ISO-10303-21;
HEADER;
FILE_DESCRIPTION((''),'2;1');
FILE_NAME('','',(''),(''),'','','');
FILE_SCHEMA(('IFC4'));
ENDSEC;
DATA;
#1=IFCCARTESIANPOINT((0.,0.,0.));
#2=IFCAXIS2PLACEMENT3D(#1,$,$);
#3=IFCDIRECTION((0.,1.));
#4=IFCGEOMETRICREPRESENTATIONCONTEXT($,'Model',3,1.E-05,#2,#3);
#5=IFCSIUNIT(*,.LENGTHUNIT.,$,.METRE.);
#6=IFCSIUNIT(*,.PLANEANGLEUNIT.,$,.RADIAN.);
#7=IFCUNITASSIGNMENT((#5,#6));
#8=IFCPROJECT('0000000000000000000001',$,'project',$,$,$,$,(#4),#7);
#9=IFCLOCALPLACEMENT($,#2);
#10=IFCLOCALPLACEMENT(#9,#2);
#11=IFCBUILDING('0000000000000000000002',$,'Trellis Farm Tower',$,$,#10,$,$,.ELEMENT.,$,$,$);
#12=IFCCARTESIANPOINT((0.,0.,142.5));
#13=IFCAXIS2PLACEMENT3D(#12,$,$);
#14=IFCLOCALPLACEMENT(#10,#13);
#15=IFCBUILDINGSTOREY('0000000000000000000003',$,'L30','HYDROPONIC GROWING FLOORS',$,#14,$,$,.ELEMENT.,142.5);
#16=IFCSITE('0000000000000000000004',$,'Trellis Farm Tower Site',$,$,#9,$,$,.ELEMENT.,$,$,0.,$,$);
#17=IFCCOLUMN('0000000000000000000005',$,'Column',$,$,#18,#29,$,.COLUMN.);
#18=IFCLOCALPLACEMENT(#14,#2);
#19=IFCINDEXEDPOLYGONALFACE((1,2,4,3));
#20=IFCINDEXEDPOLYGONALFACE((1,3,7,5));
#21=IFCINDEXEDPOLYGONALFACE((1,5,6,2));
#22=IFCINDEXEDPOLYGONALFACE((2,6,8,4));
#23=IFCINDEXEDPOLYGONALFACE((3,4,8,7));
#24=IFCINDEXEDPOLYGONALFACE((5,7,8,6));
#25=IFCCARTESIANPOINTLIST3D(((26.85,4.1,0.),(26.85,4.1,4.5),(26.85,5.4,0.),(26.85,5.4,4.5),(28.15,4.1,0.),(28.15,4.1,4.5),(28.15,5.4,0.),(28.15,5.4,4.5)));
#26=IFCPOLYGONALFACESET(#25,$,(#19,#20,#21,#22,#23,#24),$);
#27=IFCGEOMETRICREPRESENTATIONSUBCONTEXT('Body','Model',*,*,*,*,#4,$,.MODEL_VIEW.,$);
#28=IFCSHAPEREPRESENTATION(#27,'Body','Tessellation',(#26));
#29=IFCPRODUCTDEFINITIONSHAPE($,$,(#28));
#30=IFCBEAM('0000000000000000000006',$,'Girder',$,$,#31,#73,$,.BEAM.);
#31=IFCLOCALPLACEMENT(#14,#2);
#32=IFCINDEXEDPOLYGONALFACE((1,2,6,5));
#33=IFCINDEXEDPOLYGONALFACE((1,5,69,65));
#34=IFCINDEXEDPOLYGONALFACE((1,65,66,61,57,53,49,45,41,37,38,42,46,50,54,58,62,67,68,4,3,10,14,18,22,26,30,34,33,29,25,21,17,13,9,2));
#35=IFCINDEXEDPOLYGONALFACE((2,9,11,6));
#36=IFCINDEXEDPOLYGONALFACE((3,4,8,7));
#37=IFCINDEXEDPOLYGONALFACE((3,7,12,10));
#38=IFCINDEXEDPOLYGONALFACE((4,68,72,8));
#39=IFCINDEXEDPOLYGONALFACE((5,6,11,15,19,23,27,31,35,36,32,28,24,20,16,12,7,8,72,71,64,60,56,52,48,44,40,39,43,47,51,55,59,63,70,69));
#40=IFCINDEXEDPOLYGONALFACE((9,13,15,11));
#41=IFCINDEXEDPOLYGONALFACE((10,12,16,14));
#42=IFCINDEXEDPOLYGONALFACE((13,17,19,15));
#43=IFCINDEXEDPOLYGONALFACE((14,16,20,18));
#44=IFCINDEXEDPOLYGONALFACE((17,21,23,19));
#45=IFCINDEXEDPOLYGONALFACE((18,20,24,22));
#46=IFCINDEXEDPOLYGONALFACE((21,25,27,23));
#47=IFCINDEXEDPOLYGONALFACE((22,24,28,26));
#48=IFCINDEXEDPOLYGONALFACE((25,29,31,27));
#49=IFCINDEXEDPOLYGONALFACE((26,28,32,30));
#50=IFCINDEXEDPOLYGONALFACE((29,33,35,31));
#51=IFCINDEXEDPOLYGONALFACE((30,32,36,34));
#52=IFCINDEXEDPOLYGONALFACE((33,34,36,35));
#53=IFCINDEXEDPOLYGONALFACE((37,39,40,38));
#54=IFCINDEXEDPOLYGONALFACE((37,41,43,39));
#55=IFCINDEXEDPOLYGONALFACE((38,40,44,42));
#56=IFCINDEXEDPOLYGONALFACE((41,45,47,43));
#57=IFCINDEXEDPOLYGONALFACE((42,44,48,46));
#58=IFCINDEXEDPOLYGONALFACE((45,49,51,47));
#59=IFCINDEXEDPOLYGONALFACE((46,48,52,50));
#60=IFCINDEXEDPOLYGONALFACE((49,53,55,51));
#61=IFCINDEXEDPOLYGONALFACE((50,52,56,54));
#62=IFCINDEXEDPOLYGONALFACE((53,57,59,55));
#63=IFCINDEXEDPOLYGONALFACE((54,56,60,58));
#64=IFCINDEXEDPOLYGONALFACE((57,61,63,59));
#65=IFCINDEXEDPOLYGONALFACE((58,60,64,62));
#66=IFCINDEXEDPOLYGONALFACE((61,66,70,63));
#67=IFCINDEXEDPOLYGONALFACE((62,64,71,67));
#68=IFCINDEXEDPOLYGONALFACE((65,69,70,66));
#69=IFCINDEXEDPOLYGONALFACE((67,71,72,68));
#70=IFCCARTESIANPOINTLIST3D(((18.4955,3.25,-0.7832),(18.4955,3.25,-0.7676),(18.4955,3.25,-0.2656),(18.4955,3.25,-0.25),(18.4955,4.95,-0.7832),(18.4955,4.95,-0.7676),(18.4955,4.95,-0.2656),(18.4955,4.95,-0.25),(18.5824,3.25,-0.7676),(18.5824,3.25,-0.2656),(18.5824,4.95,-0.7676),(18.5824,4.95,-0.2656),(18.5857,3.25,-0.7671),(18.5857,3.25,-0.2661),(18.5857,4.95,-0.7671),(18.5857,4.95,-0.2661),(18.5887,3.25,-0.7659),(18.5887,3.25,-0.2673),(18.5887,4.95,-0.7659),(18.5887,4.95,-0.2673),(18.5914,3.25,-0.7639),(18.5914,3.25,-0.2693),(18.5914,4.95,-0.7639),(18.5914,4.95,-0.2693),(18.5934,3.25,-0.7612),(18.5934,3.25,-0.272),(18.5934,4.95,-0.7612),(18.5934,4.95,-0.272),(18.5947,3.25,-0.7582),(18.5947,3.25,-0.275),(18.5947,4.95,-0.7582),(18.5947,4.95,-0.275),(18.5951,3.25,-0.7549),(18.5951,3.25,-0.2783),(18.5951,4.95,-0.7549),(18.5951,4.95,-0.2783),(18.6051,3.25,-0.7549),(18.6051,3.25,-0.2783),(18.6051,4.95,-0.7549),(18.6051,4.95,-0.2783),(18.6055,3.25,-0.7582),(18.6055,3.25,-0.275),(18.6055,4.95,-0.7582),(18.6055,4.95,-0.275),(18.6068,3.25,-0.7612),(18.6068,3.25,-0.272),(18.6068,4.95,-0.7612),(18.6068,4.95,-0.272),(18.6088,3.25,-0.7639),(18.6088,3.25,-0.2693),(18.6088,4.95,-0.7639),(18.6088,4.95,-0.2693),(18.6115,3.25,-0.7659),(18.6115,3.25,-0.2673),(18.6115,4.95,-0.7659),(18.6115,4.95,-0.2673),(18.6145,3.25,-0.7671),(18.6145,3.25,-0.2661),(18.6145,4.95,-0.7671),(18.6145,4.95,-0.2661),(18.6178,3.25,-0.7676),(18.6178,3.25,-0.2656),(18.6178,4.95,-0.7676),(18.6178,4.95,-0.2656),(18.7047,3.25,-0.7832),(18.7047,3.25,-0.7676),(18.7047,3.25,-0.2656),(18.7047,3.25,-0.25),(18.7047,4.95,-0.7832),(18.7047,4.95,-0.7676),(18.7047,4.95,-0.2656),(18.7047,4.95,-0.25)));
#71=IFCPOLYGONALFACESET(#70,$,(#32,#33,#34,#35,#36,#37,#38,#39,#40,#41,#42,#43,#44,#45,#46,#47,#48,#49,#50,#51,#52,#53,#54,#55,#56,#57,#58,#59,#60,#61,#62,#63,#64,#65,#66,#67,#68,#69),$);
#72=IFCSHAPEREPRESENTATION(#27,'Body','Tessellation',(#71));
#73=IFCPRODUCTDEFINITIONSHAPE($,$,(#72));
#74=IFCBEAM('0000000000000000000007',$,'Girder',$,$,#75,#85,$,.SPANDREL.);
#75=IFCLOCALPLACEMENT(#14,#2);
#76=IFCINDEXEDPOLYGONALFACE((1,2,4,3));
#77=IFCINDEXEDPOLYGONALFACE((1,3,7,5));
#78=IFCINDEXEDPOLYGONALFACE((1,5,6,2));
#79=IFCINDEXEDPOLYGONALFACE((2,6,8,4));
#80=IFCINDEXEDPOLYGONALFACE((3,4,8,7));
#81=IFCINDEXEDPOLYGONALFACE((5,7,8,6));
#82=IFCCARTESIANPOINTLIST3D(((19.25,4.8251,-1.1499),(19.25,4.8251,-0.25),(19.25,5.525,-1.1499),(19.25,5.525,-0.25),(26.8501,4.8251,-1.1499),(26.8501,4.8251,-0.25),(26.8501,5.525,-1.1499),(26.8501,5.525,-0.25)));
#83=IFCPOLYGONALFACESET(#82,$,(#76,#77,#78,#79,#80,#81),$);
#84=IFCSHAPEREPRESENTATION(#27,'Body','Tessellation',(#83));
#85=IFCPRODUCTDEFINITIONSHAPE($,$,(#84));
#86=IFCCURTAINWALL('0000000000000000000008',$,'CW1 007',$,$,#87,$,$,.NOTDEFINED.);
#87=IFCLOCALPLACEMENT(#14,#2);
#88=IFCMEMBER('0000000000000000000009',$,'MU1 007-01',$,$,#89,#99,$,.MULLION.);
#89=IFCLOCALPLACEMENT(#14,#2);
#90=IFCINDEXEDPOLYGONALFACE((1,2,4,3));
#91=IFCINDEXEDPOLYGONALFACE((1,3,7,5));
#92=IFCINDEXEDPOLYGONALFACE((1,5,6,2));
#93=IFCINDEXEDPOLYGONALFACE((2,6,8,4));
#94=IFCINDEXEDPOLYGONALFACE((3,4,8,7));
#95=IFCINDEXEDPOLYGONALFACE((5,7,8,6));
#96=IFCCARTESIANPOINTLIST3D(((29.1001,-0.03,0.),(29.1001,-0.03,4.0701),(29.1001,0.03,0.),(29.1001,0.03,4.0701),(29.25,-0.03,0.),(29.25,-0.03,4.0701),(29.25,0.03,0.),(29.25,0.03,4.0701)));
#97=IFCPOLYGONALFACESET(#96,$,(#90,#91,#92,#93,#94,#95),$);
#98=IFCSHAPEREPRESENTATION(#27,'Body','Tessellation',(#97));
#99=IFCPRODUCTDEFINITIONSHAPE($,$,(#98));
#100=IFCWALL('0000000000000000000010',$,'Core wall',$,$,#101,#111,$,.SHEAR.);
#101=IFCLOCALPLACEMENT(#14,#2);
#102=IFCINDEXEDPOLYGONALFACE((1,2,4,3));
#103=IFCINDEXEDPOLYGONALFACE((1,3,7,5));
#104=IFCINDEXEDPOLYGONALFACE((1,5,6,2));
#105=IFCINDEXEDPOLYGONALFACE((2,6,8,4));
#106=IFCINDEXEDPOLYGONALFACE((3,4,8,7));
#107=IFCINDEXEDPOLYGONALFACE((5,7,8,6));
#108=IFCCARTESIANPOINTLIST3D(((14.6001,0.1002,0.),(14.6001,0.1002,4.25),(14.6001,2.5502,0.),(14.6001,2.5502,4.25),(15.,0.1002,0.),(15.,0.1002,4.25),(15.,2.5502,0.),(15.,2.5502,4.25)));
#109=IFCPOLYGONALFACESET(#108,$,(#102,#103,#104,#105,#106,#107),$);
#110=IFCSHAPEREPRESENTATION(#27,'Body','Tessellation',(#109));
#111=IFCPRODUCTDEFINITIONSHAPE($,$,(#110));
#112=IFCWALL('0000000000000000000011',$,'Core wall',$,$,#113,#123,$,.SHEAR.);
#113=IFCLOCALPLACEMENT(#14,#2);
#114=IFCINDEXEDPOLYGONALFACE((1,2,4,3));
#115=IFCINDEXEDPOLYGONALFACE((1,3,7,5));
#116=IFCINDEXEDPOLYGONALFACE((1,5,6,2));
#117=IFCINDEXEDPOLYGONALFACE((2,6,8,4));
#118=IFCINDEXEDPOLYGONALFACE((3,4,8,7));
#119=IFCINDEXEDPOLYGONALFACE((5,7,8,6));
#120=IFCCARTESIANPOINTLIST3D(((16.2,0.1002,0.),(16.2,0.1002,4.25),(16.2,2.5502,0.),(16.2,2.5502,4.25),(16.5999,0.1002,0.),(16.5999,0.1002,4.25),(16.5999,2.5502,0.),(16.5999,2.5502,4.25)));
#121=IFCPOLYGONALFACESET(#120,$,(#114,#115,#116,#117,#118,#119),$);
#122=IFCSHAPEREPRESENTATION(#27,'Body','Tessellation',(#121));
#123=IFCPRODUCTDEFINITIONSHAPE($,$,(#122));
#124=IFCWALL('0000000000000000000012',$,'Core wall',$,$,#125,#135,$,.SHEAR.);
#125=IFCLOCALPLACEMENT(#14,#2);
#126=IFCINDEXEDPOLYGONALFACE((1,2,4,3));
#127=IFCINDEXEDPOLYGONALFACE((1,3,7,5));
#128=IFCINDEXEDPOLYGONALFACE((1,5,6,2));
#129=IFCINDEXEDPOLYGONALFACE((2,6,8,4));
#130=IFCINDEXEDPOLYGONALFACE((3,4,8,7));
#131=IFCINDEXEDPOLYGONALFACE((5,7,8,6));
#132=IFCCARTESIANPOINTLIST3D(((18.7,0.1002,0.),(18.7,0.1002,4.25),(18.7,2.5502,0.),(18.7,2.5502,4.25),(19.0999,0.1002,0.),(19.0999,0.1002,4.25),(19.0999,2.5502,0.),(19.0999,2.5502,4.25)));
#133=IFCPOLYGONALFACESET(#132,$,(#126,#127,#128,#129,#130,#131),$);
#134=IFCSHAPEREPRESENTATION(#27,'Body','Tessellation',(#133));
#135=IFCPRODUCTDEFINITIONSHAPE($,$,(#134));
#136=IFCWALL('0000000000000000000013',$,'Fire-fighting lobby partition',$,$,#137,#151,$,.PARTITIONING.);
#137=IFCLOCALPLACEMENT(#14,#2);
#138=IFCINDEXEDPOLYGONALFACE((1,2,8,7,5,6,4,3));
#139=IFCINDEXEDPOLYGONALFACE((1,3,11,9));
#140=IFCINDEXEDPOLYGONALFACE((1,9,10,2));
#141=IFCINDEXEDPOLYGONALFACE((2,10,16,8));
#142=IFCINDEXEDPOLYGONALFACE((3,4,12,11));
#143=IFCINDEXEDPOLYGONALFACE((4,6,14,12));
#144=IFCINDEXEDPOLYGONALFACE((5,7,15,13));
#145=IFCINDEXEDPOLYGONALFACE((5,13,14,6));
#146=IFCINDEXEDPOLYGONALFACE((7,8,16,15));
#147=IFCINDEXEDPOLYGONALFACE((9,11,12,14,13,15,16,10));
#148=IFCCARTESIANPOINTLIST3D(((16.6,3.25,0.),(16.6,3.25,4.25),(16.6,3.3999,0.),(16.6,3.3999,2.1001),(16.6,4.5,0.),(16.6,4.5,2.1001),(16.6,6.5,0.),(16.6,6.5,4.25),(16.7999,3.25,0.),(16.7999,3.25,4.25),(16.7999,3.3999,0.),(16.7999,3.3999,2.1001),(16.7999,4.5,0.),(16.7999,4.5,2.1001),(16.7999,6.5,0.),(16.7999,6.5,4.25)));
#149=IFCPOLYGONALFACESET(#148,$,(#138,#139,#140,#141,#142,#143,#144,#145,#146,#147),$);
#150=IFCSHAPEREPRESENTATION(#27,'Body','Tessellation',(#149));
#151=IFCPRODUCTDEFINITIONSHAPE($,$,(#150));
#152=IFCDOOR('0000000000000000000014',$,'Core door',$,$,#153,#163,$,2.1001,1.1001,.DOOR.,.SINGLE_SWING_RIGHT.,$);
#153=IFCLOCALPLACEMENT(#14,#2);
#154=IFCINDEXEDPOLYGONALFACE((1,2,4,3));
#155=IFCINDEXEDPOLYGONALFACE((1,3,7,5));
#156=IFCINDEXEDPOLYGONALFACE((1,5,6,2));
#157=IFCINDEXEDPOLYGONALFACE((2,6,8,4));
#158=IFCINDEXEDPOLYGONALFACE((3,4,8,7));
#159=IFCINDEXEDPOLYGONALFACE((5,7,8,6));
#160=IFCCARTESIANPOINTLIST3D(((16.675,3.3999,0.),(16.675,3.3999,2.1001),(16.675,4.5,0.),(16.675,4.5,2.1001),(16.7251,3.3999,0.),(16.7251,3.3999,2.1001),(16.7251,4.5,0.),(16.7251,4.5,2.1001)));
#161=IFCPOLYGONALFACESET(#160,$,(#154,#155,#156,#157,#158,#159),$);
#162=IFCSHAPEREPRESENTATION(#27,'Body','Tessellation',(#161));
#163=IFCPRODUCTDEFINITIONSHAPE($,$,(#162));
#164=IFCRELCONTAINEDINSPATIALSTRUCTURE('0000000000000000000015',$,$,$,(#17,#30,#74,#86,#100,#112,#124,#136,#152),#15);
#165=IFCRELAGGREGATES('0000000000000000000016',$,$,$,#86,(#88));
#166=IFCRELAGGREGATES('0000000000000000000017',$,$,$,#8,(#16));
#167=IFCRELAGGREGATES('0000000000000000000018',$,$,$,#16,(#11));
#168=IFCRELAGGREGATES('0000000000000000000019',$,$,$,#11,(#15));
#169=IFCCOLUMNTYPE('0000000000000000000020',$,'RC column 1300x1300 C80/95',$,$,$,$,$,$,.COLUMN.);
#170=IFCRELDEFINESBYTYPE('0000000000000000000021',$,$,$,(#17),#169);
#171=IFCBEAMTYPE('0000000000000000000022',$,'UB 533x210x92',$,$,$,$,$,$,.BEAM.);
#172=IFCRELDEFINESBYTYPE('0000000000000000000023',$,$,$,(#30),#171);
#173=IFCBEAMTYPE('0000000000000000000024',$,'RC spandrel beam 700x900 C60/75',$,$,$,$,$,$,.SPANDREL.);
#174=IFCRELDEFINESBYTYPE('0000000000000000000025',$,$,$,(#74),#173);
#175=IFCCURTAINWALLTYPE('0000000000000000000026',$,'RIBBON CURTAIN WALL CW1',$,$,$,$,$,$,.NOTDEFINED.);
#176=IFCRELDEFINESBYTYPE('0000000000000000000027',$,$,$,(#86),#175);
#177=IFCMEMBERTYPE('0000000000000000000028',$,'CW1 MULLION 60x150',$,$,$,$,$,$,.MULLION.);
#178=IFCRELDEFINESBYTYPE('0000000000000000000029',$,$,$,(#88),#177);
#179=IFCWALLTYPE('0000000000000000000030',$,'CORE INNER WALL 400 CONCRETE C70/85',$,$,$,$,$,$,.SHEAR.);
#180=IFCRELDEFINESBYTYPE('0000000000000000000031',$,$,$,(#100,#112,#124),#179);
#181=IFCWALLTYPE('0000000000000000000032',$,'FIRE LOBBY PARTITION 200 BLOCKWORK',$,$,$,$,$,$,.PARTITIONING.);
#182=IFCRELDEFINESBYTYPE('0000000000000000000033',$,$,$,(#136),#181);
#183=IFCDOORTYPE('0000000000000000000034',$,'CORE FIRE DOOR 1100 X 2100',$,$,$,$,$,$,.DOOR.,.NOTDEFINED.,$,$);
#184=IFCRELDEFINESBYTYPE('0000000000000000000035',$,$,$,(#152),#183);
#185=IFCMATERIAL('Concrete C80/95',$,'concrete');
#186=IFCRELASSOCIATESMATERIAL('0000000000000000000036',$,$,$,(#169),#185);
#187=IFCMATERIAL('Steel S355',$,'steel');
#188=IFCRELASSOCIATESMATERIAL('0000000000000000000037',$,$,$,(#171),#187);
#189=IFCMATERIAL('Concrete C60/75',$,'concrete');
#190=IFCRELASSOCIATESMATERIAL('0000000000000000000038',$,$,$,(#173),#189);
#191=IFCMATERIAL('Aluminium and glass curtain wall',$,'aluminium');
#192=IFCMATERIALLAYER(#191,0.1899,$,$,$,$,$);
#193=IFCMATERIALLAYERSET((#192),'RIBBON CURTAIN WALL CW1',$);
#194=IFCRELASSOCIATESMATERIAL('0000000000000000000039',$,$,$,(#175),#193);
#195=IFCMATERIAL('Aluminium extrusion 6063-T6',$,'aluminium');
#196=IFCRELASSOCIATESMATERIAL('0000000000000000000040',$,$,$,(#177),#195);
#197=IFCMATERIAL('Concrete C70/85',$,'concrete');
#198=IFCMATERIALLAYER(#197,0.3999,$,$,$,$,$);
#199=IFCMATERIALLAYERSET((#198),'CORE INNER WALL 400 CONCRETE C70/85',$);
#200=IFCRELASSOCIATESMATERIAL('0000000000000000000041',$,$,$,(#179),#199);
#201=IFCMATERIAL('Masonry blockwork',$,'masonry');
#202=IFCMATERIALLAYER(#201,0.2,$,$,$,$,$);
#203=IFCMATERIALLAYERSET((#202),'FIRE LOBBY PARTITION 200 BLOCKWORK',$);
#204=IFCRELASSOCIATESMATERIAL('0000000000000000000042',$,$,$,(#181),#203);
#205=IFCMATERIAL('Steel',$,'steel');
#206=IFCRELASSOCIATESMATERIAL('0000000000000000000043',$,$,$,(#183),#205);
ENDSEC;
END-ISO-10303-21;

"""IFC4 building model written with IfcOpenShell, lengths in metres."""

from ifc_helpers import new_model, si_unit, direction, frame, frame_2d, origin, origin_2d, place, context, subcontext, project, spatial, rectangle, i_section, extrude, source, transform, mapped, material, layer, layer_set, material_profile, profile_set, type_object, element, fill, aggregate, save


model = new_model("IFC4")

# Units and contexts
model_context = context("Model", 3, precision=1e-05, world=origin(), true_north=direction((0.0, 1.0)))
body_context = subcontext(model_context, "Body", "Model", "MODEL_VIEW")
ifc_project = project(units=[si_unit("LENGTHUNIT", "METRE"), si_unit("PLANEANGLEUNIT", "RADIAN")], contexts=[model_context])

# Site, building, storey
site_placement = place(None, origin())
site = spatial("IfcSite", under=ifc_project, at=site_placement, Name="Trellis Farm Tower Site", CompositionType="ELEMENT", RefElevation=0.0)
building_placement = place(site_placement, origin())
building = spatial("IfcBuilding", under=site, at=building_placement, Name="Trellis Farm Tower", CompositionType="ELEMENT")
storey_placement = place(building_placement, frame((0.0, 0.0, 142.5)))
storey = spatial("IfcBuildingStorey", under=building, at=storey_placement, Name="L30", Description="HYDROPONIC GROWING FLOORS", CompositionType="ELEMENT", Elevation=142.5)

# Column
ifc_material_1 = material(Name="Concrete C80/95", Category="concrete")
ifc_material_profile_1 = material_profile(ifc_material_1, rectangle(XDim=1.3, YDim=1.3, at=origin_2d()), Name="RC column 1300x1300 C80/95")
ifc_profile_set_1 = profile_set([ifc_material_profile_1], Name="Concrete C80/95")
column_type = type_object("IfcColumnType", Name="RC column 1300x1300 C80/95", PredefinedType="COLUMN", material=ifc_profile_set_1)
shared_shape_1 = source(origin(), body_context, "Body", "SweptSolid", [
    extrude(rectangle(XDim=1.3, YDim=1.3, at=origin_2d()), origin(), (0.0, 0.0, 1.0), 4.5),
])
column_placement = place(storey_placement, frame((27.5, 4.75, 0.0), z_axis=(0.0, 0.0, 1.0), x_axis=(1.0, 0.0, 0.0)))
element("IfcColumn", 1, at=column_placement, inside=storey, type_object=column_type, Name="Column", PredefinedType="COLUMN", context=body_context, shape_type="MappedRepresentation", body=[
    mapped(shared_shape_1, transform((0.0, 0.0, 0.0))),
])

# Beams
ifc_material_2 = material(Name="Steel S355", Category="steel")
ifc_material_profile_2 = material_profile(ifc_material_2, i_section(OverallWidth=0.2092, OverallDepth=0.5332, WebThickness=0.01, FlangeThickness=0.0156, FilletRadius=0.0127, at=origin_2d()), Name="UB 533x210x92")
ifc_profile_set_2 = profile_set([ifc_material_profile_2], Name="Steel S355")
beam_type_1 = type_object("IfcBeamType", Name="UB 533x210x92", PredefinedType="BEAM", material=ifc_profile_set_2)
shared_shape_2 = source(origin(), body_context, "Body", "SweptSolid", [
    extrude(i_section(OverallWidth=0.2092, OverallDepth=0.5332, WebThickness=0.01, FlangeThickness=0.0156, FilletRadius=0.0127, at=origin_2d()), origin(), (0.0, 0.0, 1.0), 1.7),
])
beam_1_placement = place(storey_placement, frame((18.6001, 3.25, -0.5166), z_axis=(0.0, 1.0, 0.0), x_axis=(-1.0, 0.0, 0.0)))
element("IfcBeam", 2, at=beam_1_placement, inside=storey, type_object=beam_type_1, Name="Girder", PredefinedType="BEAM", context=body_context, shape_type="MappedRepresentation", body=[
    mapped(shared_shape_2, transform((0.0, 0.0, 0.0))),
])
ifc_material_3 = material(Name="Concrete C60/75", Category="concrete")
ifc_material_profile_3 = material_profile(ifc_material_3, rectangle(XDim=0.7, YDim=0.8999, at=origin_2d()), Name="RC spandrel beam 700x900 C60/75")
ifc_profile_set_3 = profile_set([ifc_material_profile_3], Name="Concrete C60/75")
beam_type_2 = type_object("IfcBeamType", Name="RC spandrel beam 700x900 C60/75", PredefinedType="SPANDREL", material=ifc_profile_set_3)
shared_shape_3 = source(origin(), body_context, "Body", "SweptSolid", [
    extrude(rectangle(XDim=0.7, YDim=0.8999, at=origin_2d()), origin(), (0.0, 0.0, 1.0), 7.6001),
])
beam_2_placement = place(storey_placement, frame((19.25, 5.175, -0.7), z_axis=(1.0, 0.0, 0.0), x_axis=(0.0, 1.0, 0.0)))
element("IfcBeam", 3, at=beam_2_placement, inside=storey, type_object=beam_type_2, Name="Girder", PredefinedType="SPANDREL", context=body_context, shape_type="MappedRepresentation", body=[
    mapped(shared_shape_3, transform((0.0, 0.0, 0.0))),
])

# Curtain wall, member
ifc_material_4 = material(Name="Aluminium and glass curtain wall", Category="aluminium")
ifc_layer_1 = layer(ifc_material_4, 0.1899)
ifc_layer_set_1 = layer_set([ifc_layer_1], Name="RIBBON CURTAIN WALL CW1")
curtain_wall_type = type_object("IfcCurtainWallType", Name="RIBBON CURTAIN WALL CW1", PredefinedType="NOTDEFINED", material=ifc_layer_set_1)
curtain_wall_placement = place(storey_placement, origin())
curtain_wall = element("IfcCurtainWall", 4, at=curtain_wall_placement, inside=storey, type_object=curtain_wall_type, Name="CW1 007", PredefinedType="NOTDEFINED")
ifc_material_5 = material(Name="Aluminium extrusion 6063-T6", Category="aluminium")
ifc_material_profile_4 = material_profile(ifc_material_5, rectangle(XDim=0.0601, YDim=0.1499, at=origin_2d()), Name="MULLION 60x150")
ifc_profile_set_4 = profile_set([ifc_material_profile_4], Name="Aluminium extrusion 6063-T6")
member_type = type_object("IfcMemberType", Name="CW1 MULLION 60x150", PredefinedType="MULLION", material=ifc_profile_set_4)
shared_shape_4 = source(origin(), body_context, "Body", "SweptSolid", [
    extrude(rectangle(XDim=0.0601, YDim=0.1499, at=origin_2d()), origin(), (0.0, 0.0, 1.0), 4.0701),
])
member_placement = place(storey_placement, frame((29.175, 0.0, 0.0), z_axis=(0.0, 0.0, 1.0), x_axis=(0.0, 1.0, 0.0)))
member = element("IfcMember", 5, at=member_placement, type_object=member_type, Name="MU1 007-01", PredefinedType="MULLION", context=body_context, shape_type="MappedRepresentation", body=[
    mapped(shared_shape_4, transform((0.0, 0.0, 0.0))),
])
aggregate(curtain_wall, [member])

# Walls
ifc_material_6 = material(Name="Concrete C70/85", Category="concrete")
ifc_layer_2 = layer(ifc_material_6, 0.3999)
ifc_layer_set_2 = layer_set([ifc_layer_2], Name="CORE INNER WALL 400 CONCRETE C70/85")
wall_type_1 = type_object("IfcWallType", Name="CORE INNER WALL 400 CONCRETE C70/85", PredefinedType="SHEAR", material=ifc_layer_set_2)
shared_shape_5 = source(origin(), body_context, "Body", "SweptSolid", [
    extrude(rectangle(XDim=2.45, YDim=0.3999, at=frame_2d((1.2251, 0.0))), origin(), (0.0, 0.0, 1.0), 4.25),
])
for number, where, z_axis, x_axis, name in (
    (6, (14.8, 0.1001, 0.0), (0.0, 0.0, 1.0), (0.0, 1.0, 0.0), "Core wall"),
    (7, (16.3999, 0.1001, 0.0), (0.0, 0.0, 1.0), (0.0, 1.0, 0.0), "Core wall"),
    (8, (18.8999, 0.1001, 0.0), (0.0, 0.0, 1.0), (0.0, 1.0, 0.0), "Core wall"),
):
    element("IfcWall", number, at=place(storey_placement, frame(where, z_axis=z_axis, x_axis=x_axis)), inside=storey, type_object=wall_type_1, Name=name, PredefinedType="SHEAR", context=body_context, shape_type="MappedRepresentation", body=[
        mapped(shared_shape_5, transform((0.0, 0.0, 0.0))),
    ])

# Wall, opening, door
ifc_material_7 = material(Name="Masonry blockwork", Category="masonry")
ifc_layer_3 = layer(ifc_material_7, 0.2)
ifc_layer_set_3 = layer_set([ifc_layer_3], Name="FIRE LOBBY PARTITION 200 BLOCKWORK")
wall_type_2 = type_object("IfcWallType", Name="FIRE LOBBY PARTITION 200 BLOCKWORK", PredefinedType="PARTITIONING", material=ifc_layer_set_3)
shared_shape_6 = source(origin(), body_context, "Body", "SweptSolid", [
    extrude(rectangle(XDim=3.25, YDim=0.2, at=frame_2d((1.625, 0.0))), origin(), (0.0, 0.0, 1.0), 4.25),
])
wall_1_placement = place(storey_placement, frame((16.7, 3.25, 0.0), z_axis=(0.0, 0.0, 1.0), x_axis=(0.0, 1.0, 0.0)))
wall_1 = element("IfcWall", 9, at=wall_1_placement, inside=storey, type_object=wall_type_2, Name="Fire-fighting lobby partition", PredefinedType="PARTITIONING", context=body_context, shape_type="MappedRepresentation", body=[
    mapped(shared_shape_6, transform((0.0, 0.0, 0.0))),
])
shared_shape_7 = source(origin(), body_context, "Body", "SweptSolid", [
    extrude(rectangle(XDim=1.1001, YDim=2.1001, at=frame_2d((0.55, 1.05))), frame((0.0, 0.1101, 0.0), z_axis=(0.0, -1.0, 0.0), x_axis=(1.0, 0.0, 0.0)), (0.0, 0.0, 1.0), 0.2202),
])
opening_1_placement = place(wall_1_placement, frame((0.1499, 0.0, 0.0)))
opening_1 = element("IfcOpeningElement", 10, at=opening_1_placement, cuts=wall_1, PredefinedType="OPENING", context=body_context, shape_type="MappedRepresentation", body=[
    mapped(shared_shape_7, transform((0.0, 0.0, 0.0))),
])
ifc_material_8 = material(Name="Steel", Category="steel")
door_type_1 = type_object("IfcDoorType", Name="CORE FIRE DOOR 1100 X 2100", OperationType="NOTDEFINED", PredefinedType="DOOR", material=ifc_material_8)
shared_shape_8 = source(origin(), body_context, "Body", "SweptSolid", [
    extrude(rectangle(XDim=1.1001, YDim=2.1001, at=frame_2d((0.55, 1.05))), frame((0.0, 0.0249, 0.0), z_axis=(0.0, -1.0, 0.0), x_axis=(1.0, 0.0, 0.0)), (0.0, 0.0, 1.0), 0.05),
])
door_1_placement = place(opening_1_placement, origin())
door_1 = element("IfcDoor", 11, at=door_1_placement, inside=storey, type_object=door_type_1, Name="Core door", OperationType="SINGLE_SWING_RIGHT", OverallHeight=2.1001, OverallWidth=1.1001, PredefinedType="DOOR", context=body_context, shape_type="MappedRepresentation", body=[
    mapped(shared_shape_8, transform((0.0, 0.0, 0.0))),
])
fill(opening_1, door_1)

save(model, "model.ifc")
